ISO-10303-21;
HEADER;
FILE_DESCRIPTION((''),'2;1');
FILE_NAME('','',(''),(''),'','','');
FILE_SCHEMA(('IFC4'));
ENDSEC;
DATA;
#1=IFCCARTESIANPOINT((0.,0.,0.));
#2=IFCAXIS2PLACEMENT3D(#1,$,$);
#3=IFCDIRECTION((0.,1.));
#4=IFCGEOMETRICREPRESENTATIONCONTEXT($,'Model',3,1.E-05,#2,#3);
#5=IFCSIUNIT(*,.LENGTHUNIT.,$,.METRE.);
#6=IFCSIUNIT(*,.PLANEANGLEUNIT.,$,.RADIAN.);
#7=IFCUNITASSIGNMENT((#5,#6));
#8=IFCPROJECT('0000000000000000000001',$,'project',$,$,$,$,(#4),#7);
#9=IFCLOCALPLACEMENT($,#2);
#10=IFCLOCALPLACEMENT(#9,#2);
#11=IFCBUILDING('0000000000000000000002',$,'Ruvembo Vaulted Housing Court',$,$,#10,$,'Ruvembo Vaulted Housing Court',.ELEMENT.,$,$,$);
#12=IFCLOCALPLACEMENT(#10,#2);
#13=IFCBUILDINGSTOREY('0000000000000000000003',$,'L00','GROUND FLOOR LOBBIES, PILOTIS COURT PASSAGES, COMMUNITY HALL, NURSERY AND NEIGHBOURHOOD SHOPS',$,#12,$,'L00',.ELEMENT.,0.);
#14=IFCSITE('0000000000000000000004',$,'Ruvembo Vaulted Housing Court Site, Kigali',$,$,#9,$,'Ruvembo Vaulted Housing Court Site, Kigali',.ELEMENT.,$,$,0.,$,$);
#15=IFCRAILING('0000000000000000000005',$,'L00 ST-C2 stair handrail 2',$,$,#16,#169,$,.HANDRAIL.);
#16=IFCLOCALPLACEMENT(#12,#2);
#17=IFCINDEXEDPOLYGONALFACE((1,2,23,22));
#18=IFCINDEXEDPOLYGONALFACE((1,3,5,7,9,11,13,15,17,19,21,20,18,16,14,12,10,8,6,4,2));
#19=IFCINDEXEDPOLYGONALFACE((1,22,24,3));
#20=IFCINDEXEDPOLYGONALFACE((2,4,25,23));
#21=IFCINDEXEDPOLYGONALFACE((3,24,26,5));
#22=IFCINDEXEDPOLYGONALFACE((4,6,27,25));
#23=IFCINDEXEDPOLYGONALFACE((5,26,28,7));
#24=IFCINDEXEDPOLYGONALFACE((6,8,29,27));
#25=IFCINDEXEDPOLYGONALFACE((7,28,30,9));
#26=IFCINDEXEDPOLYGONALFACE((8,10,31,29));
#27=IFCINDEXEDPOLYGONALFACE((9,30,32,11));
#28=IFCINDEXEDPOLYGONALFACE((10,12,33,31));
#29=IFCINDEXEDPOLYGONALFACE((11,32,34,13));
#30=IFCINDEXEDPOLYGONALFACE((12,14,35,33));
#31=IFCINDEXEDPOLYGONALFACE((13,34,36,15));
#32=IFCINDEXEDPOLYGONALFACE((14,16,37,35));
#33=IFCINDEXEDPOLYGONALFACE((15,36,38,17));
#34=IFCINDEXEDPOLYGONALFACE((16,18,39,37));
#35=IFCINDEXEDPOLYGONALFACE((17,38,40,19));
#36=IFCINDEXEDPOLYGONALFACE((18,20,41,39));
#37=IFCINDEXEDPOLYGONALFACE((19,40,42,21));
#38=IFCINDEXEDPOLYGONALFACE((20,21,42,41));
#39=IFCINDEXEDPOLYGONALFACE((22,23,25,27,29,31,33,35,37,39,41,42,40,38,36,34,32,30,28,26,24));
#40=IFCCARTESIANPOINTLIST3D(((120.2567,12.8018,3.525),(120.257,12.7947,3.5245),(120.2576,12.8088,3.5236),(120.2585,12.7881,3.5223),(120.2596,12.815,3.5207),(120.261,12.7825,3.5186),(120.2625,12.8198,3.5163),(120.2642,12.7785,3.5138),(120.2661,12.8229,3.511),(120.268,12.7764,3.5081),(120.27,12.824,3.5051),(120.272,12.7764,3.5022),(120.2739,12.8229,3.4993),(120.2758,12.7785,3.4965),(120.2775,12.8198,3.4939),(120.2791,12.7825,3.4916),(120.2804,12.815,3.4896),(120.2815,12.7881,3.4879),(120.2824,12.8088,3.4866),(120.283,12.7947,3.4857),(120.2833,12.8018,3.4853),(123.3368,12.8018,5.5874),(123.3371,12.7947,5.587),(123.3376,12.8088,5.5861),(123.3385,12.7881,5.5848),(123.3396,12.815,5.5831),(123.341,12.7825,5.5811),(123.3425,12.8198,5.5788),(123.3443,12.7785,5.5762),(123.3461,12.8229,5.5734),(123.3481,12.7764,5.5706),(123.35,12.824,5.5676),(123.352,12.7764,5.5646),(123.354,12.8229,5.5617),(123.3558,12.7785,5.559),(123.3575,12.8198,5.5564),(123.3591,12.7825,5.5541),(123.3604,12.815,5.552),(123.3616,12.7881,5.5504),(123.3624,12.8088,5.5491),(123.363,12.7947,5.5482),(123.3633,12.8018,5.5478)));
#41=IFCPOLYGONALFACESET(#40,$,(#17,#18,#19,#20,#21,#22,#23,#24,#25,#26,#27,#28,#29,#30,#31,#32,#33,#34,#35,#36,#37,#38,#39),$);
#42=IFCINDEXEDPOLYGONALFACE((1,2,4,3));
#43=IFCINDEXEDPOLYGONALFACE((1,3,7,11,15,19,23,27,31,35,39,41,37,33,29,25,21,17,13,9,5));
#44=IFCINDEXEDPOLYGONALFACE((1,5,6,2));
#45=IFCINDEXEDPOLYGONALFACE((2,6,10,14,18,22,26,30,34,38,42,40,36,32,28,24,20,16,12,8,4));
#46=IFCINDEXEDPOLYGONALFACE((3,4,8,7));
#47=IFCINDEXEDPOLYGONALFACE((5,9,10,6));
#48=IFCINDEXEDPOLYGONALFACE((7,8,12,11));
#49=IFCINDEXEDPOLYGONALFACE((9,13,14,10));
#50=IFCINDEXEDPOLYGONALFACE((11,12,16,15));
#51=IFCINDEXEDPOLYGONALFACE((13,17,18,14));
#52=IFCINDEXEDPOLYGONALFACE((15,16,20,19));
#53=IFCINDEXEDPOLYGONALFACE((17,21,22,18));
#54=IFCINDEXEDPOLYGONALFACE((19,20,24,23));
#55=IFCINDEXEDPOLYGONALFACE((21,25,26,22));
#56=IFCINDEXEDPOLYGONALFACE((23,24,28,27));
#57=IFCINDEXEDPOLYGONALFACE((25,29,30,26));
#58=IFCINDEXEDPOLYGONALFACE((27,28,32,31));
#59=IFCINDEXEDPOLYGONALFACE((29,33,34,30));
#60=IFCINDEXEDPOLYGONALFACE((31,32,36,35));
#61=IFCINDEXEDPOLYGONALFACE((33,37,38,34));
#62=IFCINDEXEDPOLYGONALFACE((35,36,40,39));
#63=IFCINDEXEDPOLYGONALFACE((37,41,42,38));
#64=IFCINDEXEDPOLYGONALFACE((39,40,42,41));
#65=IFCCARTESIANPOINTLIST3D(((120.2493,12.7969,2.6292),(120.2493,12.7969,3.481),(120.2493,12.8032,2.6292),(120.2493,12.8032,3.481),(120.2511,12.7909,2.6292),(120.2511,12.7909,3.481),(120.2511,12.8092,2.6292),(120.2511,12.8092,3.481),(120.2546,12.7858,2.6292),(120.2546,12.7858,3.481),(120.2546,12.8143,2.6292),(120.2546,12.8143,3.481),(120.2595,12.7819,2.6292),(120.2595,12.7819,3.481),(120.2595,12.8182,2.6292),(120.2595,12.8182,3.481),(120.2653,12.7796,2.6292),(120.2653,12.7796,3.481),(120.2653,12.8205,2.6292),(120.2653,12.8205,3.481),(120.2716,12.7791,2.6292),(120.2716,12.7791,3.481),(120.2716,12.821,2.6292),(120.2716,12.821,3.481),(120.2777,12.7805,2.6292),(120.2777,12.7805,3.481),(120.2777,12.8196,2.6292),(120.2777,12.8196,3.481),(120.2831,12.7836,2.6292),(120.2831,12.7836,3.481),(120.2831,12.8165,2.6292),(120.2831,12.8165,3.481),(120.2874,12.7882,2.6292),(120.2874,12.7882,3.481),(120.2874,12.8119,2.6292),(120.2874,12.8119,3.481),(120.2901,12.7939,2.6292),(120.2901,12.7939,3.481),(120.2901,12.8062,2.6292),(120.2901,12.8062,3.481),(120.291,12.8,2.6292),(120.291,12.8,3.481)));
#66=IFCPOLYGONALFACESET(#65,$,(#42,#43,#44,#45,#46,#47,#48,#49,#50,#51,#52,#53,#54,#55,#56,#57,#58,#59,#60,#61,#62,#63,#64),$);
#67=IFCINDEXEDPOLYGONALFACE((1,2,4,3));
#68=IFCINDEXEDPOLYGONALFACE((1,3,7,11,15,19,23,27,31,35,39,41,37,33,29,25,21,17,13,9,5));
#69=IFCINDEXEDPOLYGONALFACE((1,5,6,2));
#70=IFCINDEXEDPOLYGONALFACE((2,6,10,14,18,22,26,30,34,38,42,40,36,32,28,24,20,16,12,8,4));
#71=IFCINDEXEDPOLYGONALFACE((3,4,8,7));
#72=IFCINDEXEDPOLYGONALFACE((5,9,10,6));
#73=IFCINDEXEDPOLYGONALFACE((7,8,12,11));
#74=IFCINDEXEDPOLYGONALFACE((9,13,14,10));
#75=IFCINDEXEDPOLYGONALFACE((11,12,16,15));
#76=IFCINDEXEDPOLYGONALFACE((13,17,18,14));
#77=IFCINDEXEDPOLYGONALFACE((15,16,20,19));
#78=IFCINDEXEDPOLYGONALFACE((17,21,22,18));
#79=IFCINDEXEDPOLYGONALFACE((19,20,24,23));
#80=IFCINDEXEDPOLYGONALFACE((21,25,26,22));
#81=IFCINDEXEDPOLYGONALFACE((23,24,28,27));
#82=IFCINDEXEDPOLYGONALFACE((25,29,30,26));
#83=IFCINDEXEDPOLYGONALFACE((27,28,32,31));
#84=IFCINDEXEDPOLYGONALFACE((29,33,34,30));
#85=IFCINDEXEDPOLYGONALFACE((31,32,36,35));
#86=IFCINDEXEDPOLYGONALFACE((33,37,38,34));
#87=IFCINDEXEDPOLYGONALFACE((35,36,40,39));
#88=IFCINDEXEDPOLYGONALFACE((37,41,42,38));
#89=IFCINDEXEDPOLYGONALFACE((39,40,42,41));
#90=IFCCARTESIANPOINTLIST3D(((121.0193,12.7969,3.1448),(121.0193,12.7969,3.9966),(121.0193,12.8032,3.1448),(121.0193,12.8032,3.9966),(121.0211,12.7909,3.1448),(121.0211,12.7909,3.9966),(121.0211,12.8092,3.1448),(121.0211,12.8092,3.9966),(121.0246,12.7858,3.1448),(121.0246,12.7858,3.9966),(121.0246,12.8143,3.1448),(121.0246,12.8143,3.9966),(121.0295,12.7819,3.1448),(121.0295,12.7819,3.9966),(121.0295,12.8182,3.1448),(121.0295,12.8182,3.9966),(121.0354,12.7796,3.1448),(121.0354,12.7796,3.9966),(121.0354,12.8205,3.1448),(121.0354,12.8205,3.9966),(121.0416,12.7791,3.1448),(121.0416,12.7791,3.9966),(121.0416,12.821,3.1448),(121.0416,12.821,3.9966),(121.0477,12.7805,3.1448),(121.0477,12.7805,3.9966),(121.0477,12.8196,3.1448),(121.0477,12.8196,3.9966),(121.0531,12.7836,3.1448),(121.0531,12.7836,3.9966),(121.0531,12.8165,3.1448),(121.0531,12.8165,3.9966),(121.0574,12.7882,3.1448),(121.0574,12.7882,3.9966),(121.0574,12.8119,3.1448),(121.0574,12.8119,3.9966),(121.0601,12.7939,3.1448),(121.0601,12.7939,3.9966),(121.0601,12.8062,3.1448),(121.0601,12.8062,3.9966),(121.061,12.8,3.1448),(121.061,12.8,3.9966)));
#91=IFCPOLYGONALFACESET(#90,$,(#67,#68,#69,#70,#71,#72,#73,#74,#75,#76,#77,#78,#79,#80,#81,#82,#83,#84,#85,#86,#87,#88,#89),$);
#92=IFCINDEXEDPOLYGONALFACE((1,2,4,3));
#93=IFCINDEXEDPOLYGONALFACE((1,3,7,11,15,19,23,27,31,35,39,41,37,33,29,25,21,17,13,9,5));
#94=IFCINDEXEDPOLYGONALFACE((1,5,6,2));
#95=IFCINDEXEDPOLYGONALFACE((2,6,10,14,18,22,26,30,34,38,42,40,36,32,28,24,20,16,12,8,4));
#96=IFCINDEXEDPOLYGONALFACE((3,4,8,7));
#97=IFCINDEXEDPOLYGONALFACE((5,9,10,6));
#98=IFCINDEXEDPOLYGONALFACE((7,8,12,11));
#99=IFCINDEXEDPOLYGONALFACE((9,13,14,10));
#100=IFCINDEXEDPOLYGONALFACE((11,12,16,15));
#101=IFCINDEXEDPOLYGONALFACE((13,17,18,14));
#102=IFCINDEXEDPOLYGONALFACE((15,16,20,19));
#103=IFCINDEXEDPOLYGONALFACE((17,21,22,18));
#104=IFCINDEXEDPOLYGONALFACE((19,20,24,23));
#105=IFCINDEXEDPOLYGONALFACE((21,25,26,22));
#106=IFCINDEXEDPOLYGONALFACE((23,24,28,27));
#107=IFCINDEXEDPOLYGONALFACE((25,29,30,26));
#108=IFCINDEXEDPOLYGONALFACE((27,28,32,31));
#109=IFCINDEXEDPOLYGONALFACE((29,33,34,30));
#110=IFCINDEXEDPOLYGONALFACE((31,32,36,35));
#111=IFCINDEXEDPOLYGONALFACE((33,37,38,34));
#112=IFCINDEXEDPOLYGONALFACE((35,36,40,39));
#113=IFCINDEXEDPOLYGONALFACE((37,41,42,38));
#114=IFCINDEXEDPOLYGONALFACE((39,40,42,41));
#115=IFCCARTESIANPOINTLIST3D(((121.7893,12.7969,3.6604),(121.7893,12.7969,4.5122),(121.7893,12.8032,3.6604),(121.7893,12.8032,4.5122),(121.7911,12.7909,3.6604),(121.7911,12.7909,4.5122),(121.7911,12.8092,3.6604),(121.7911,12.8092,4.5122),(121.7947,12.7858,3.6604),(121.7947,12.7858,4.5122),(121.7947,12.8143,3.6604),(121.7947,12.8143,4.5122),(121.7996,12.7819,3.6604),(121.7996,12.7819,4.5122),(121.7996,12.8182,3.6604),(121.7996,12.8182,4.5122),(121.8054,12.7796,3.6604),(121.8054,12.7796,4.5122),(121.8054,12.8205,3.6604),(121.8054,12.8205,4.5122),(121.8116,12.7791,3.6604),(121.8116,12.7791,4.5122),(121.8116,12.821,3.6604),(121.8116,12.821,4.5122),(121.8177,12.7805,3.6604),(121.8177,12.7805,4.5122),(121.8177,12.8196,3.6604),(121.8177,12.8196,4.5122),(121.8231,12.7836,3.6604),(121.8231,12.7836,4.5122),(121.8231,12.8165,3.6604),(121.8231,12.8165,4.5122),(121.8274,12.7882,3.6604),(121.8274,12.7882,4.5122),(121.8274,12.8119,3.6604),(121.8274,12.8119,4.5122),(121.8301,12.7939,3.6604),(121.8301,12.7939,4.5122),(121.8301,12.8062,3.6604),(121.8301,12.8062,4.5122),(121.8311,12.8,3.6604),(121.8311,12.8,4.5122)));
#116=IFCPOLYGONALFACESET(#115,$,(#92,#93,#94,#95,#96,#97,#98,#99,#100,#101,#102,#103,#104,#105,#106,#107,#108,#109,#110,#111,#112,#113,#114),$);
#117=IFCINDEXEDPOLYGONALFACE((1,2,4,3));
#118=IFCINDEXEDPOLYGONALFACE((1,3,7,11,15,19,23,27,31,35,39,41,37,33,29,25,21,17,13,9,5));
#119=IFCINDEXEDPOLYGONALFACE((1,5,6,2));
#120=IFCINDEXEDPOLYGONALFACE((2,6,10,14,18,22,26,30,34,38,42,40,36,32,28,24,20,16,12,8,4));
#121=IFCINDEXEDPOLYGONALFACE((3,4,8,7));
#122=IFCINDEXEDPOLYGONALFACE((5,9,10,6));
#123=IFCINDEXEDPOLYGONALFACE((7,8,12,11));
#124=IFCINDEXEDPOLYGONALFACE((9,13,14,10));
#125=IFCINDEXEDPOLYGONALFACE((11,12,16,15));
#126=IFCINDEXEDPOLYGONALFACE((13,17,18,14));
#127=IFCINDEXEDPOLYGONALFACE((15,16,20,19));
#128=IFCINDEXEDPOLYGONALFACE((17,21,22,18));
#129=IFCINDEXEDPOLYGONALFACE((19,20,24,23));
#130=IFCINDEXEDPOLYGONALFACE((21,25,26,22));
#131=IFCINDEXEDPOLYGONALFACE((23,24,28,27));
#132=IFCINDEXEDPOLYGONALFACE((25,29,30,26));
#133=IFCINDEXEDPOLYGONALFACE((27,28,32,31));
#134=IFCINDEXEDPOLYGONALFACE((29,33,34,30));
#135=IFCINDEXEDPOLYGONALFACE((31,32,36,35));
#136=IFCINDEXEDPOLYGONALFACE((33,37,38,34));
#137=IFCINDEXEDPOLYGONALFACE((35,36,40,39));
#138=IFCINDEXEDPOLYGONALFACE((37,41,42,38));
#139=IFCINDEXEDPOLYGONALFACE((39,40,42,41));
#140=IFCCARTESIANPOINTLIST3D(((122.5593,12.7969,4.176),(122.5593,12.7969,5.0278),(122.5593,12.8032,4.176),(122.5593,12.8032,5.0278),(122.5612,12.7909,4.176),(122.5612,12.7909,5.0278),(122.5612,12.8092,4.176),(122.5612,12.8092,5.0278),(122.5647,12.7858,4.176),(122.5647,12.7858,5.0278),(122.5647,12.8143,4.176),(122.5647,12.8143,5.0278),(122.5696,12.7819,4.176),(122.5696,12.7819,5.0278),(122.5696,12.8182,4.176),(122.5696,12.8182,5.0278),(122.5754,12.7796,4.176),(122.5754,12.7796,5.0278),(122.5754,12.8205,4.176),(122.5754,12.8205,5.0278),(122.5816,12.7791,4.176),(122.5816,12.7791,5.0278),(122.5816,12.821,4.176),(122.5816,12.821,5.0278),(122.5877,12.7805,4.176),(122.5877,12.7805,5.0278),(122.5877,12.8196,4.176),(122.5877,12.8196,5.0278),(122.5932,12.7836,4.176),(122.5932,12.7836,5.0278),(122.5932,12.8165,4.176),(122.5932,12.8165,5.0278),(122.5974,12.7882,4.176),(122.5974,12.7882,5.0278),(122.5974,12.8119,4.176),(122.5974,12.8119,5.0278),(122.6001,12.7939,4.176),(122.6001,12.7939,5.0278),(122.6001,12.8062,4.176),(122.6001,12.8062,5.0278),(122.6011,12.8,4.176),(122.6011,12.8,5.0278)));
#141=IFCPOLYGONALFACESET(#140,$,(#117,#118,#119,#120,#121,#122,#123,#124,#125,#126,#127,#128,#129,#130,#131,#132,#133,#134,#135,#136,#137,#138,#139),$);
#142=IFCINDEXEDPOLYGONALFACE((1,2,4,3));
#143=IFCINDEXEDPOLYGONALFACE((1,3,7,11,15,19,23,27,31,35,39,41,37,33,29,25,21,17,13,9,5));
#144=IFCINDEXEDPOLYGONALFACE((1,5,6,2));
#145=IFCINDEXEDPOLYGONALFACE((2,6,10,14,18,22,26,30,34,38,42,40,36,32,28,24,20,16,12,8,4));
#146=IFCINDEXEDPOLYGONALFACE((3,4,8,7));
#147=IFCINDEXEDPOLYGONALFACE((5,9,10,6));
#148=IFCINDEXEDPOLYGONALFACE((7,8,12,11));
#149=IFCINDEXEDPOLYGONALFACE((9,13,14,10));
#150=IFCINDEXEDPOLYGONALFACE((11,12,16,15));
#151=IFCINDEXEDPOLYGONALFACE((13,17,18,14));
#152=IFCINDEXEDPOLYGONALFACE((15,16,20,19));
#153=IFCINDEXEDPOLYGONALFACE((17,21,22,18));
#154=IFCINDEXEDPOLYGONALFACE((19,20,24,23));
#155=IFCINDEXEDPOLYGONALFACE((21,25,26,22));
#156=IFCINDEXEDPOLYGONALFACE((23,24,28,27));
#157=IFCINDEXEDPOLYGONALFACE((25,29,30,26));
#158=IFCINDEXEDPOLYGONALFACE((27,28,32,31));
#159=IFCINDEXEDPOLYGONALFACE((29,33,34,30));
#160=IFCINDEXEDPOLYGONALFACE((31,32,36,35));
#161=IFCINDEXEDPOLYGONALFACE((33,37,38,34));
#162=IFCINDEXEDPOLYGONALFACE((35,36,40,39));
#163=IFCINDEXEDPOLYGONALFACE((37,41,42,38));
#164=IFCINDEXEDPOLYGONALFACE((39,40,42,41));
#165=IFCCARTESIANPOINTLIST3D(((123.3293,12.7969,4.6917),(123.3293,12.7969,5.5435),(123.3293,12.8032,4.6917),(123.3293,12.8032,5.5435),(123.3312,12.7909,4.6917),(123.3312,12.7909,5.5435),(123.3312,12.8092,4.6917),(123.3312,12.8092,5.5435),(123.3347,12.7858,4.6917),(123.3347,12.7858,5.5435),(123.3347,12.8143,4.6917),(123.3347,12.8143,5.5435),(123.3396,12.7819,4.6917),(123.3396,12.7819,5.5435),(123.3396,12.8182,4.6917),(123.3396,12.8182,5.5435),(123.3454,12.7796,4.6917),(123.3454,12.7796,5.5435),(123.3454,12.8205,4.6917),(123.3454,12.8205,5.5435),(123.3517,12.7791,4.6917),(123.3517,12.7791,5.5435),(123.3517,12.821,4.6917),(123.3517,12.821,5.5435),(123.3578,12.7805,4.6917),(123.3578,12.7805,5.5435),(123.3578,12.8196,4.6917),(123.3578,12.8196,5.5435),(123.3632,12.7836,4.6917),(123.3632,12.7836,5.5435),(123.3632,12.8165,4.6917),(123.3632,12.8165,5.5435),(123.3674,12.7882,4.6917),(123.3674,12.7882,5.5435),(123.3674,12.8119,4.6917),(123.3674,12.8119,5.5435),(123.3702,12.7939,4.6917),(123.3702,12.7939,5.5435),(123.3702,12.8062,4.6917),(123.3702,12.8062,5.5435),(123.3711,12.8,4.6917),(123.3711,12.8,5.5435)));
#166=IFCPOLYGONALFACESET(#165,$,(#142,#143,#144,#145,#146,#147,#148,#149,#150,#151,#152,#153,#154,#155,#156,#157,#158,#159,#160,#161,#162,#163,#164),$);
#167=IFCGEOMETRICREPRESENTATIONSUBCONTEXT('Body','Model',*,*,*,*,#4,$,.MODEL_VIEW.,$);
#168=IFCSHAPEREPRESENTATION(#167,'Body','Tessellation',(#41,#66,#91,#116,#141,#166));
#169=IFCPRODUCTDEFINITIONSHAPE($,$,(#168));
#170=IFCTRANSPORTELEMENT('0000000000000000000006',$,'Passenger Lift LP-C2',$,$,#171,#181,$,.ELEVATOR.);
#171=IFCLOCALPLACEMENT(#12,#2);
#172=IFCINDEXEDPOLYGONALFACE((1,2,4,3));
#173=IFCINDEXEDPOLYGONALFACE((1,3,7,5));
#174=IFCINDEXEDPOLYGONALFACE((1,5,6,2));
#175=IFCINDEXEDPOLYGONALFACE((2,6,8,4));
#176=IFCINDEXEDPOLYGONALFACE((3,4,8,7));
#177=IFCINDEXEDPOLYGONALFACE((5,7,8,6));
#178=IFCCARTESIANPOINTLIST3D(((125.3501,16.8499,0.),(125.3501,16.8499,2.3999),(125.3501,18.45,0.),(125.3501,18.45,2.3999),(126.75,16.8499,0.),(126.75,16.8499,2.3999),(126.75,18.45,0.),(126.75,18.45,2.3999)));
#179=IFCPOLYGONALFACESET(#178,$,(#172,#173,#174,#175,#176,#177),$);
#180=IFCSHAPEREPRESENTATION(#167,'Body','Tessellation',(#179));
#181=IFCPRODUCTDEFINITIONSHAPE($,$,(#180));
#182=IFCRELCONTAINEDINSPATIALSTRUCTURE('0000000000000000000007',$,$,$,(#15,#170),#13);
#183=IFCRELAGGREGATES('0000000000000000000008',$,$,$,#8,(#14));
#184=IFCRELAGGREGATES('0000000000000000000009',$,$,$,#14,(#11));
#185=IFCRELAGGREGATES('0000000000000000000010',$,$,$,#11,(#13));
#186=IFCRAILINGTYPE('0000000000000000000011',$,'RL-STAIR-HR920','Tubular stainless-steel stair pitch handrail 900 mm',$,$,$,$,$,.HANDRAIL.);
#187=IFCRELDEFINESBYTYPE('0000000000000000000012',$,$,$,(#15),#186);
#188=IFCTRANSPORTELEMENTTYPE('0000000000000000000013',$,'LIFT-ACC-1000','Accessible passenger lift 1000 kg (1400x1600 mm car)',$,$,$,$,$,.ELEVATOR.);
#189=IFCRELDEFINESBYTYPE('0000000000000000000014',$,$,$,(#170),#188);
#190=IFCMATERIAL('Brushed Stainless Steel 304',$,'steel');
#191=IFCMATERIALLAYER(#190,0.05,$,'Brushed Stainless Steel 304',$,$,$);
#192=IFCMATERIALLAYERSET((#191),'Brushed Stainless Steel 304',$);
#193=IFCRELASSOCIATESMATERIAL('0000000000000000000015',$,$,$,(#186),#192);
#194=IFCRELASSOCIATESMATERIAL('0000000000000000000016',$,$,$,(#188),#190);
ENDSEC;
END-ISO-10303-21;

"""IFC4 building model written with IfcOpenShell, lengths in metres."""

from ifc_helpers import new_model, si_unit, direction, frame, origin, origin_2d, place, context, subcontext, project, spatial, rectangle, circle, extrude, material, layer, layer_set, type_object, element, save


model = new_model("IFC4")

# Units and contexts
model_context = context("Model", 3, precision=1e-05, world=origin(), true_north=direction((0.0, 1.0)))
body_context = subcontext(model_context, "Body", "Model", "MODEL_VIEW")
ifc_project = project(units=[si_unit("LENGTHUNIT", "METRE"), si_unit("PLANEANGLEUNIT", "RADIAN")], contexts=[model_context])

# Site, building, storey
site_placement = place(None, origin())
site = spatial("IfcSite", under=ifc_project, at=site_placement, Name="Ruvembo Vaulted Housing Court Site, Kigali", LongName="Ruvembo Vaulted Housing Court Site, Kigali", CompositionType="ELEMENT", RefElevation=0.0)
building_placement = place(site_placement, origin())
building = spatial("IfcBuilding", under=site, at=building_placement, Name="Ruvembo Vaulted Housing Court", LongName="Ruvembo Vaulted Housing Court", CompositionType="ELEMENT")
storey_placement = place(building_placement, origin())
storey = spatial("IfcBuildingStorey", under=building, at=storey_placement, Name="L00", Description="GROUND FLOOR LOBBIES, PILOTIS COURT PASSAGES, COMMUNITY HALL, NURSERY AND NEIGHBOURHOOD SHOPS", LongName="L00", CompositionType="ELEMENT", Elevation=0.0)

# Shared definitions
ifc_material_1 = material(Name="Brushed Stainless Steel 304", Category="steel")

# Railing
ifc_layer_1 = layer(ifc_material_1, 0.05, Name="Brushed Stainless Steel 304")
ifc_layer_set_1 = layer_set([ifc_layer_1], Name="Brushed Stainless Steel 304")
railing_type_1 = type_object("IfcRailingType", Name="RL-STAIR-HR920", Description="Tubular stainless-steel stair pitch handrail 900 mm", PredefinedType="HANDRAIL", material=ifc_layer_set_1)
railing_1_placement = place(storey_placement, frame((120.27, 12.8, 2.6292)))
element("IfcRailing", 1, at=railing_1_placement, inside=storey, type_object=railing_type_1, Name="L00 ST-C2 stair handrail 2", PredefinedType="HANDRAIL", context=body_context, shape_type="SweptSolid", body=[
    extrude(circle(Radius=0.0239, at=origin_2d()), frame((0.0, 0.0, 0.876), z_axis=(0.830914, 0.0, 0.556401), x_axis=(0.0, 1.0, 0.0)), (0.0, 0.0, 1.0), 3.7068),
    extrude(circle(Radius=0.021, at=origin_2d()), origin(), (0.0, 0.0, 1.0), 0.8518),
    extrude(circle(Radius=0.021, at=origin_2d()), frame((0.77, 0.0, 0.5156)), (0.0, 0.0, 1.0), 0.8518),
    extrude(circle(Radius=0.021, at=origin_2d()), frame((1.54, 0.0, 1.0312)), (0.0, 0.0, 1.0), 0.8518),
    extrude(circle(Radius=0.021, at=origin_2d()), frame((2.3101, 0.0, 1.5469)), (0.0, 0.0, 1.0), 0.8518),
    extrude(circle(Radius=0.021, at=origin_2d()), frame((3.0801, 0.0, 2.0625)), (0.0, 0.0, 1.0), 0.8518),
])

# Transport element
transport_element_type = type_object("IfcTransportElementType", Name="LIFT-ACC-1000", Description="Accessible passenger lift 1000 kg (1400x1600 mm car)", PredefinedType="ELEVATOR", material=ifc_material_1)
transport_element_placement = place(storey_placement, frame((126.05, 17.6499, 0.0), z_axis=(0.0, 0.0, 1.0), x_axis=(1.0, 0.0, 0.0)))
element("IfcTransportElement", 2, at=transport_element_placement, inside=storey, type_object=transport_element_type, Name="Passenger Lift LP-C2", PredefinedType="ELEVATOR", context=body_context, shape_type="SweptSolid", body=[
    extrude(rectangle(XDim=1.3999, YDim=1.6001, at=origin_2d()), origin(), (0.0, 0.0, 1.0), 2.3999),
])

save(model, "model.ifc")
